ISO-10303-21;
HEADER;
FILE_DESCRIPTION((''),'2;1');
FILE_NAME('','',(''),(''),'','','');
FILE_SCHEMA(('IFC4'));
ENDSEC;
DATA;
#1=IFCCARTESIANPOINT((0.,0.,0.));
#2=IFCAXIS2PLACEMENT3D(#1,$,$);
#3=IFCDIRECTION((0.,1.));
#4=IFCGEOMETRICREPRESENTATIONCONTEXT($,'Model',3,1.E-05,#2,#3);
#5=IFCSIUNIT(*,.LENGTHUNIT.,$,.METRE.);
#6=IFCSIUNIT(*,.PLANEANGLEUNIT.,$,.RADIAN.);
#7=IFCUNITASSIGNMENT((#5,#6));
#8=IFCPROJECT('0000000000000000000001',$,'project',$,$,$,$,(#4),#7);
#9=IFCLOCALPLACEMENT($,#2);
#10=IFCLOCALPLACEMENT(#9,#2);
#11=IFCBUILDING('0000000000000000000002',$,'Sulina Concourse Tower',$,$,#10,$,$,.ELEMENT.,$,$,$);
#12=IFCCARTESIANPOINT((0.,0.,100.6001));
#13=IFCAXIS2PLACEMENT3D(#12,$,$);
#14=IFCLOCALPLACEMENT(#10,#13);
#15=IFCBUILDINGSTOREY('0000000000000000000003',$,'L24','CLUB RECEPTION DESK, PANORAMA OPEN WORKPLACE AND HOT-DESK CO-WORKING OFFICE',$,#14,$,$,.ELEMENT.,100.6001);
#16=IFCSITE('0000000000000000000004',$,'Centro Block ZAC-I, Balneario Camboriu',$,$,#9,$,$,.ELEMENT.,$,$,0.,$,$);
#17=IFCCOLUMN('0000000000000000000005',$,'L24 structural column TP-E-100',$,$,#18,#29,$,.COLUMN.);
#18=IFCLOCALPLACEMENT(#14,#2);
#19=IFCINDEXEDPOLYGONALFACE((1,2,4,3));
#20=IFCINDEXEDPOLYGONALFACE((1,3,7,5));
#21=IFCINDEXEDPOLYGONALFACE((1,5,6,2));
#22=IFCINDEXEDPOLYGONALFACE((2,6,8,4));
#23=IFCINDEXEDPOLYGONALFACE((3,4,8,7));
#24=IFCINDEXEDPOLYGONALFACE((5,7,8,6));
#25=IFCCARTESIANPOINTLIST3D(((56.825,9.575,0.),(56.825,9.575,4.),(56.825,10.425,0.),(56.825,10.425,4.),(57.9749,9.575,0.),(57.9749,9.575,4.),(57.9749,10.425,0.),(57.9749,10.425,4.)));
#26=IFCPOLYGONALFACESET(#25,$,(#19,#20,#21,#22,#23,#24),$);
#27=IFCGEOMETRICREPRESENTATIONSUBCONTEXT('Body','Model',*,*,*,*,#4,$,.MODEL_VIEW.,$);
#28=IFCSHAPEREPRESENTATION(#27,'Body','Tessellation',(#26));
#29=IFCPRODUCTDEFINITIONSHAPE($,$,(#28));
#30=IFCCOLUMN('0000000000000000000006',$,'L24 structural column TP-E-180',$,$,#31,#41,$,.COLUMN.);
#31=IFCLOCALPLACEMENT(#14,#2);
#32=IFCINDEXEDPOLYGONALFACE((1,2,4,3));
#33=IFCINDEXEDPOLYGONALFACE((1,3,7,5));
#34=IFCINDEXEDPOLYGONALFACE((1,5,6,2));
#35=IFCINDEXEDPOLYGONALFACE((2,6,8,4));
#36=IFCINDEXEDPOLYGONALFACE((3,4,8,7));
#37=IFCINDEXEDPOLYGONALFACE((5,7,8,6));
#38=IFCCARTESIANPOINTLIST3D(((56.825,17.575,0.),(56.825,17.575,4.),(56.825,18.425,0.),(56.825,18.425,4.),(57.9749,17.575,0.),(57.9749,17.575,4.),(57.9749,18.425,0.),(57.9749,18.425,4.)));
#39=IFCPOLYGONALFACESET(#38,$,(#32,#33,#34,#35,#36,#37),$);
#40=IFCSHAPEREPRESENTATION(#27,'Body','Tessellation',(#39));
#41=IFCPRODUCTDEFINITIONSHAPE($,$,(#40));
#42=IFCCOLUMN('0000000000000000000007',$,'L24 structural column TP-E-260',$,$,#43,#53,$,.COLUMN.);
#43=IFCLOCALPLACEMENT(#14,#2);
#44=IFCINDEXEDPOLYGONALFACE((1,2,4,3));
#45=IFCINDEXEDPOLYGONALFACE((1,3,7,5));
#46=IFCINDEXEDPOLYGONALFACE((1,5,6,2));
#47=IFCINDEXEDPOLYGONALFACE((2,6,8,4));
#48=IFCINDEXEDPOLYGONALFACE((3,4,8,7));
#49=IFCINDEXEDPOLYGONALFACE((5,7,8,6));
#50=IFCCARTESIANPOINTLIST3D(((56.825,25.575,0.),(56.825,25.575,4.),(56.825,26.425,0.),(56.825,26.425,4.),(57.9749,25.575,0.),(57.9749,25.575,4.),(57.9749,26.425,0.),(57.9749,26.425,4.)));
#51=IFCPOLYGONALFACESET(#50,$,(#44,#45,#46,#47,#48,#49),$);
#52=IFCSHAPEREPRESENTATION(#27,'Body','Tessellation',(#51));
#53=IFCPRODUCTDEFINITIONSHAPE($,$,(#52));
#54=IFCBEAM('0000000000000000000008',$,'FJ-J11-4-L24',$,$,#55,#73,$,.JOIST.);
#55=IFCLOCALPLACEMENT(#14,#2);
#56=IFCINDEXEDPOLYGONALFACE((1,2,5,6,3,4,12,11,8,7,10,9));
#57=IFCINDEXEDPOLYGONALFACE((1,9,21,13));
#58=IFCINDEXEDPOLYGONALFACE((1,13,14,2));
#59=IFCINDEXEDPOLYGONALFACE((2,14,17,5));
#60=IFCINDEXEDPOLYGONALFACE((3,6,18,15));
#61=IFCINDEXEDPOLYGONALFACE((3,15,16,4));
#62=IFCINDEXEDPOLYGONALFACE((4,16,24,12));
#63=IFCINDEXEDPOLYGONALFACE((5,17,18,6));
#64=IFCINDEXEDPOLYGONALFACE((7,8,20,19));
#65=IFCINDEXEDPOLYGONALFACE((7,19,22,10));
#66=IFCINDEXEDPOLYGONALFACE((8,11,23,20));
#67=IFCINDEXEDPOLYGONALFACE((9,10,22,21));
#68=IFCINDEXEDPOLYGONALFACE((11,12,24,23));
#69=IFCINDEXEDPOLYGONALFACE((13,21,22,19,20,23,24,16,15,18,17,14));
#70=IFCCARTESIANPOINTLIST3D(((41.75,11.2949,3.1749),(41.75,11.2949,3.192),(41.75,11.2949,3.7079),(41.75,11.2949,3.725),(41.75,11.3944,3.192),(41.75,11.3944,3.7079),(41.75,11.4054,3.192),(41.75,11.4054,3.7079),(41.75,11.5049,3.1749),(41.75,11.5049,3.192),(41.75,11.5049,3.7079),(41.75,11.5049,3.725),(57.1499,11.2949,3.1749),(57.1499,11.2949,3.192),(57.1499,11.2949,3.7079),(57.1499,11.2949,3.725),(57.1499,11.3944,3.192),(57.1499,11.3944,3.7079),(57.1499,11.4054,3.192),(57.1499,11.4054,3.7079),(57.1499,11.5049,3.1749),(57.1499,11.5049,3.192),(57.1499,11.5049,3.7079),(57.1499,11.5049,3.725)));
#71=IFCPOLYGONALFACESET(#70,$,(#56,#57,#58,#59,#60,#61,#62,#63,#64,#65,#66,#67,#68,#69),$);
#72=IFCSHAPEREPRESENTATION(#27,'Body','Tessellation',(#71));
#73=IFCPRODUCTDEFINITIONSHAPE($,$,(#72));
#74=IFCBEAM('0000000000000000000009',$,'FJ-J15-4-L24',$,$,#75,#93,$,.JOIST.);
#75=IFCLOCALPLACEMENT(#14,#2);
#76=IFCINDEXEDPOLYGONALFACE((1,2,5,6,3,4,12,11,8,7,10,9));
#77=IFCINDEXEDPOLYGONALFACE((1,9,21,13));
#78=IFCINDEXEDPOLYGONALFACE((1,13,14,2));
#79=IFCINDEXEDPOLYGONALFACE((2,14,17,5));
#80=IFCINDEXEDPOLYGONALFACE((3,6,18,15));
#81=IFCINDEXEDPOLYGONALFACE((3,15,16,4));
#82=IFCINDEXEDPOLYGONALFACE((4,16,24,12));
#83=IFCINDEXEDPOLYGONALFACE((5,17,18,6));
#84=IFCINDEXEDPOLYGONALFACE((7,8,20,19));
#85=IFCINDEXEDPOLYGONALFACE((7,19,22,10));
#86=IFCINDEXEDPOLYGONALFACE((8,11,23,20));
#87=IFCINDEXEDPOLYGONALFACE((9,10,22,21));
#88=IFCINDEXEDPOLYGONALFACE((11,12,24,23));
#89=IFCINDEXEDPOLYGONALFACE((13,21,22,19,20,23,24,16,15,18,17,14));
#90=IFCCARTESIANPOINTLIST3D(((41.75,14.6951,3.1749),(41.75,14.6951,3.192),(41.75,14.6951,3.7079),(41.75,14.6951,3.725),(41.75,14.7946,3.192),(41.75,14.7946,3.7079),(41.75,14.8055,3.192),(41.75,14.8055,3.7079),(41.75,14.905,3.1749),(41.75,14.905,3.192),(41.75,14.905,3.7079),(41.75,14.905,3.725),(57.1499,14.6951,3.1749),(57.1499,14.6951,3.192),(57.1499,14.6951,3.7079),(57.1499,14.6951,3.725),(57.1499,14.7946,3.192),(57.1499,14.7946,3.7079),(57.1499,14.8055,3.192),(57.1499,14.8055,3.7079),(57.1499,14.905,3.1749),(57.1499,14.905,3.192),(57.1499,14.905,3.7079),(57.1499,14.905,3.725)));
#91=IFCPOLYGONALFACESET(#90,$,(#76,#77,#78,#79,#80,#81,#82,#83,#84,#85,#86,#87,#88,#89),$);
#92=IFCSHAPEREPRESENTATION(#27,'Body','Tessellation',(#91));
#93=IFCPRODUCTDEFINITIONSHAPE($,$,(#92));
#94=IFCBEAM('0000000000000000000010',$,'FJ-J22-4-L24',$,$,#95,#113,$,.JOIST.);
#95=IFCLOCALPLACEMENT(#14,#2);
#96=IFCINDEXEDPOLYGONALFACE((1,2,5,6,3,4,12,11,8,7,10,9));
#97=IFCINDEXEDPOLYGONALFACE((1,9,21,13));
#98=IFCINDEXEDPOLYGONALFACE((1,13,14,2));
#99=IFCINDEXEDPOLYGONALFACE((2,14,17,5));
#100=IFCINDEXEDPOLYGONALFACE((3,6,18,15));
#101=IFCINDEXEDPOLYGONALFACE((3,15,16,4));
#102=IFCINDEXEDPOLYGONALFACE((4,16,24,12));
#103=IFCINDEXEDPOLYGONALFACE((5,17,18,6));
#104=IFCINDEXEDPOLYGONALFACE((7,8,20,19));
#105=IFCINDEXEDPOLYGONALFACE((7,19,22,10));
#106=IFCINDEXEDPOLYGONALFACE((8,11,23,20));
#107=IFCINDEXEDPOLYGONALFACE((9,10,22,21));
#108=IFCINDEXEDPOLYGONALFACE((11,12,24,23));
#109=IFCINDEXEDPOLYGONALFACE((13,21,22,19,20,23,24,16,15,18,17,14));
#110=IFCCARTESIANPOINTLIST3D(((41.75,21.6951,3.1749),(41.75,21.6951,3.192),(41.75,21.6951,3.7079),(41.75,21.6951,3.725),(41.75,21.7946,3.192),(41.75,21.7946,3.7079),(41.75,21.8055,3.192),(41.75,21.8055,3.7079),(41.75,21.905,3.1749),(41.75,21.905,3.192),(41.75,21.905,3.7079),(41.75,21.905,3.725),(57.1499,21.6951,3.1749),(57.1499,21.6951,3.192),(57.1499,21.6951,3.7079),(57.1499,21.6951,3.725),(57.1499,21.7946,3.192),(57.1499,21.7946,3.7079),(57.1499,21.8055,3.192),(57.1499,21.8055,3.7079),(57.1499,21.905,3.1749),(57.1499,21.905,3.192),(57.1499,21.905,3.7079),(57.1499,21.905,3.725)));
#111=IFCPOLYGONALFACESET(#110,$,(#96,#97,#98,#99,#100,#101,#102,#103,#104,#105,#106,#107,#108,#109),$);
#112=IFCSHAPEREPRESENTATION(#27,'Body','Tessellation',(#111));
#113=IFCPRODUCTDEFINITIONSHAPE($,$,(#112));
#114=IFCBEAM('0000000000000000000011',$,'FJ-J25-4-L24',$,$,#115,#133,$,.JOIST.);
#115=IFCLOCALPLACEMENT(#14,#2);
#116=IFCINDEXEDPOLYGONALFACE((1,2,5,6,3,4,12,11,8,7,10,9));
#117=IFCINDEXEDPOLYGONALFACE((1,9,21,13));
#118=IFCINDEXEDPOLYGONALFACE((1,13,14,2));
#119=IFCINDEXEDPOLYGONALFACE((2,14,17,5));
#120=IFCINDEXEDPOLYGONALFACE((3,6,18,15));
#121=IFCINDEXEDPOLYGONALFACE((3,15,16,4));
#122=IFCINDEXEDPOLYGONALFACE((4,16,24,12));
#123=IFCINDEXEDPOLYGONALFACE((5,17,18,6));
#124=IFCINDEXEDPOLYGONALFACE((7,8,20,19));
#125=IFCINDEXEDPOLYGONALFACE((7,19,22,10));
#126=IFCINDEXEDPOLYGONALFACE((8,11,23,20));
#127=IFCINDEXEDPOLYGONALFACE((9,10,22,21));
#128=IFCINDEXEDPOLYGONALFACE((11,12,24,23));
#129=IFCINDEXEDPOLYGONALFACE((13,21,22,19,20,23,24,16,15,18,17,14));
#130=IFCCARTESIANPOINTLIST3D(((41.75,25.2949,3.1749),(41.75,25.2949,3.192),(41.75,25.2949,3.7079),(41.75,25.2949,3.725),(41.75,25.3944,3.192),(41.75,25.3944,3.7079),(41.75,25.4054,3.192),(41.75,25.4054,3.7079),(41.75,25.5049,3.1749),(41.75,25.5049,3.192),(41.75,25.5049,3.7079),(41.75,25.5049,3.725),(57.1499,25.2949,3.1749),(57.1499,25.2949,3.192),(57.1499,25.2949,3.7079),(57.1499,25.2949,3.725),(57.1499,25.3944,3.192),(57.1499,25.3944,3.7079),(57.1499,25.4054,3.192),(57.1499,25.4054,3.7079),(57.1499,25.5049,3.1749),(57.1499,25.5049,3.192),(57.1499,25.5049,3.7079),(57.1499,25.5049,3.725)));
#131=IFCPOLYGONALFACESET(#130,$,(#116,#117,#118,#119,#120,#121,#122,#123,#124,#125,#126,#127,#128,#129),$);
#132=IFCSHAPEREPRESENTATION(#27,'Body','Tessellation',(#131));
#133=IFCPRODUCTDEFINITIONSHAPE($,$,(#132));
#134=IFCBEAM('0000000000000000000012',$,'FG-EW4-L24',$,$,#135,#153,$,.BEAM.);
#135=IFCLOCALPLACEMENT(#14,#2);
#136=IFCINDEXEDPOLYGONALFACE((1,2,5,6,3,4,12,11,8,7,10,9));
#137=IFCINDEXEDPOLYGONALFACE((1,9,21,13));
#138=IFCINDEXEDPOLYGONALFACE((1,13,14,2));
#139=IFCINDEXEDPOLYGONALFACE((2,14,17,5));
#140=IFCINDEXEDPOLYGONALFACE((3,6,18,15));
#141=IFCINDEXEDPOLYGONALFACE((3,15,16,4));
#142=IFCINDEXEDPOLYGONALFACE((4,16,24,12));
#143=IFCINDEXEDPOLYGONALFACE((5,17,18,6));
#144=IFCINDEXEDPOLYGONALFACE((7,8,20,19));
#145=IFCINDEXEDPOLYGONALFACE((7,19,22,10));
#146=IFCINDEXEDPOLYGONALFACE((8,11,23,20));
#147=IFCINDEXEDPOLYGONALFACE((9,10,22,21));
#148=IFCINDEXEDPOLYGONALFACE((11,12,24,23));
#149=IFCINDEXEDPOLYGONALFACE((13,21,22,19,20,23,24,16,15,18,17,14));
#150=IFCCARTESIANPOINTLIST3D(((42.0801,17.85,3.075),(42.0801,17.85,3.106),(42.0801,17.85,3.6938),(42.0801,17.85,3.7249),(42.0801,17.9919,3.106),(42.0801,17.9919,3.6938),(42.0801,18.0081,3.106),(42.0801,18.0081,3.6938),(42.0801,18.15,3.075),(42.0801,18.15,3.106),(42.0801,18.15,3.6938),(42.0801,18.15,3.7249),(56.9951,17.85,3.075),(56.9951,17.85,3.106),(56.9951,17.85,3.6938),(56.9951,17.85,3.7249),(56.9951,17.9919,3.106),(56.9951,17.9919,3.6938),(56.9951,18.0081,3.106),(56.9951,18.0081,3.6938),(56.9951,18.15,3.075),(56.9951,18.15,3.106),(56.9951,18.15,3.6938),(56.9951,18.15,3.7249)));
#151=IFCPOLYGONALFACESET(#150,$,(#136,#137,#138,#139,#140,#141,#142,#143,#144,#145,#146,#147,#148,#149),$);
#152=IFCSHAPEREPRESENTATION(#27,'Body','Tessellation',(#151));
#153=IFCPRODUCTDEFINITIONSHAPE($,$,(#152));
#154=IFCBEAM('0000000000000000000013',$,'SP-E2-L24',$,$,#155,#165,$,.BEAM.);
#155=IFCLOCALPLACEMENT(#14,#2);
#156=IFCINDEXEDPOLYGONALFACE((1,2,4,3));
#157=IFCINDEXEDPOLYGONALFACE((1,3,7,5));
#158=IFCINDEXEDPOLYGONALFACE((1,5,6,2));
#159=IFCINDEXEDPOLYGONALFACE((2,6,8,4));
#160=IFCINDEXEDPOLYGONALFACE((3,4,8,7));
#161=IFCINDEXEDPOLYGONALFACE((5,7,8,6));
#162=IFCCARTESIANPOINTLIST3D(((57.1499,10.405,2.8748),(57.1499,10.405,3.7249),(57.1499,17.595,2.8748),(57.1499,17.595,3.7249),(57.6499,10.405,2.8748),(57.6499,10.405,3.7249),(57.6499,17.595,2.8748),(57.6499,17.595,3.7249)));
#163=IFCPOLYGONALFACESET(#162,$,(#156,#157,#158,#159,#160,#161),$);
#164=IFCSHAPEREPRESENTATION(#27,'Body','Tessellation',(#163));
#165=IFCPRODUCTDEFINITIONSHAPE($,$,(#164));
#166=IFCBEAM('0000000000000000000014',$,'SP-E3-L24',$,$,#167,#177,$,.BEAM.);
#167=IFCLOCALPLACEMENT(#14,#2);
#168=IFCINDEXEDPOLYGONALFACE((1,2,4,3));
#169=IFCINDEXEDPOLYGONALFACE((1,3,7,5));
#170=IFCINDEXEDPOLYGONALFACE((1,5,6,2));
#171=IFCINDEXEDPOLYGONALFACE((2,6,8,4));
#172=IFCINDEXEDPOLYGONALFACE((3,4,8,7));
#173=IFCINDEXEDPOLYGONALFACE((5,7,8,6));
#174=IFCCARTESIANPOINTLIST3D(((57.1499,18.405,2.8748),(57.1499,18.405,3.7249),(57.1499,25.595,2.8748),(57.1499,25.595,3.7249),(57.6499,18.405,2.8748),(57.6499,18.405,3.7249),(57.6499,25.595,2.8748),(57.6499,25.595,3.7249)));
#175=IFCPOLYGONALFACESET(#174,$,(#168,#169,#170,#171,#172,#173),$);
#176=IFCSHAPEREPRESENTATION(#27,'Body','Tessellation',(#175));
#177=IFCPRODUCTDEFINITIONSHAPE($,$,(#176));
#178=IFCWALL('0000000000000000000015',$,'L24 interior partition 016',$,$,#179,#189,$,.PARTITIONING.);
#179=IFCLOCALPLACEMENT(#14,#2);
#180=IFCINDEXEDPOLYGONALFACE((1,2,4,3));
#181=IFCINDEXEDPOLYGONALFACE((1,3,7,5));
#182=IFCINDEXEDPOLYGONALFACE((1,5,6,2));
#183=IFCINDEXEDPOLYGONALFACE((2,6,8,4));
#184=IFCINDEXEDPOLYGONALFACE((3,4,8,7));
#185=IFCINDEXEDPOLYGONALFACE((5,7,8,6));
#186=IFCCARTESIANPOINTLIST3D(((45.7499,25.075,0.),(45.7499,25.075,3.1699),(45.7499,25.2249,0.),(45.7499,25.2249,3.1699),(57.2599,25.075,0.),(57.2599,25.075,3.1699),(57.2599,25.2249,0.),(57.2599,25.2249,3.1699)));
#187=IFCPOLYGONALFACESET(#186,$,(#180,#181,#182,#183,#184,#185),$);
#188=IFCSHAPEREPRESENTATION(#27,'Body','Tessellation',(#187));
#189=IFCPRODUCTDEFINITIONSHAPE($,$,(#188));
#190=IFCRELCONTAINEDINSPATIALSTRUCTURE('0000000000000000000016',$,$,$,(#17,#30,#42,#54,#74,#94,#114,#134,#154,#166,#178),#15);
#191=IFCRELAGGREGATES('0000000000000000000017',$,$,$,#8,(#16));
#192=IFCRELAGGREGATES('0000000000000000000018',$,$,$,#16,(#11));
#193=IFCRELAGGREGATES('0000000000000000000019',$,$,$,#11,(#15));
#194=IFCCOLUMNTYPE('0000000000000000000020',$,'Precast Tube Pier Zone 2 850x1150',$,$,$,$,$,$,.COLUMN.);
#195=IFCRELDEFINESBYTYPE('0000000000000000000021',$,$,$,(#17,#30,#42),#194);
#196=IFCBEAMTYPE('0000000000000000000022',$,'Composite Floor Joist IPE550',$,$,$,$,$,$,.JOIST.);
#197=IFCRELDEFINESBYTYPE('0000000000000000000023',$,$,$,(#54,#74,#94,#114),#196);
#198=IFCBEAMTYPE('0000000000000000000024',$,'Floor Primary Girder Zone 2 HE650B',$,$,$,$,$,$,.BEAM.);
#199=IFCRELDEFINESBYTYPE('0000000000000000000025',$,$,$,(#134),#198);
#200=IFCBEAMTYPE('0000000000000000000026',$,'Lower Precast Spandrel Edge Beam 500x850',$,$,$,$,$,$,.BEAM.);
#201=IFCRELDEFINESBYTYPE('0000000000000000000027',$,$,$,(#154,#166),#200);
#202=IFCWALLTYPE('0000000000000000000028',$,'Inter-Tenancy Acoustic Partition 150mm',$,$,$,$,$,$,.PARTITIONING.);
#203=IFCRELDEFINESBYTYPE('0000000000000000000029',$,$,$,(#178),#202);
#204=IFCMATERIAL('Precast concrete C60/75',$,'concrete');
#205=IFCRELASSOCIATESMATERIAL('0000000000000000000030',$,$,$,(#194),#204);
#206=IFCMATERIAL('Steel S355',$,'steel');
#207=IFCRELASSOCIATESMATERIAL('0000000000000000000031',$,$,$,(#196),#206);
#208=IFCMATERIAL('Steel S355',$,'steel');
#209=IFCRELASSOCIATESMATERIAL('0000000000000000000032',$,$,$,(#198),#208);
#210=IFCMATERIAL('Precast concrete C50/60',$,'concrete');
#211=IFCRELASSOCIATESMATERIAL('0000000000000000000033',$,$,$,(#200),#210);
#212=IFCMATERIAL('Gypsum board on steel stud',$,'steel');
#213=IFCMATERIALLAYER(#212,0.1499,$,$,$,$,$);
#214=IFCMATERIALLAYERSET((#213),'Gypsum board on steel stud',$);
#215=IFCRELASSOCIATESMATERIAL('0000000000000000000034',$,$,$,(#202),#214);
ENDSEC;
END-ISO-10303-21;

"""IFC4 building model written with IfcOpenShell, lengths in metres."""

from ifc_helpers import new_model, si_unit, direction, frame, frame_2d, origin, origin_2d, place, context, subcontext, project, spatial, rectangle, i_section, extrude, material, layer, layer_set, material_profile, profile_set, type_object, element, save


model = new_model("IFC4")

# Units and contexts
model_context = context("Model", 3, precision=1e-05, world=origin(), true_north=direction((0.0, 1.0)))
body_context = subcontext(model_context, "Body", "Model", "MODEL_VIEW")
ifc_project = project(units=[si_unit("LENGTHUNIT", "METRE"), si_unit("PLANEANGLEUNIT", "RADIAN")], contexts=[model_context])

# Site, building, storey
site_placement = place(None, origin())
site = spatial("IfcSite", under=ifc_project, at=site_placement, Name="Centro Block ZAC-I, Balneario Camboriu", CompositionType="ELEMENT", RefElevation=0.0)
building_placement = place(site_placement, origin())
building = spatial("IfcBuilding", under=site, at=building_placement, Name="Sulina Concourse Tower", CompositionType="ELEMENT")
storey_placement = place(building_placement, frame((0.0, 0.0, 100.6001)))
storey = spatial("IfcBuildingStorey", under=building, at=storey_placement, Name="L24", Description="CLUB RECEPTION DESK, PANORAMA OPEN WORKPLACE AND HOT-DESK CO-WORKING OFFICE", CompositionType="ELEMENT", Elevation=100.6001)

# Columns
ifc_material_1 = material(Name="Precast concrete C60/75", Category="concrete")
ifc_material_profile_1 = material_profile(ifc_material_1, rectangle(XDim=0.8501, YDim=1.1499, at=origin_2d()), Name="PC 850x1150")
ifc_profile_set_1 = profile_set([ifc_material_profile_1], Name="Precast concrete C60/75")
column_type = type_object("IfcColumnType", Name="Precast Tube Pier Zone 2 850x1150", PredefinedType="COLUMN", material=ifc_profile_set_1)
for number, where, z_axis, x_axis, name in (
    (1, (57.3999, 10.0, 0.0), (0.0, 0.0, 1.0), (0.0, 1.0, 0.0), "L24 structural column TP-E-100"),
    (2, (57.3999, 18.0, 0.0), (0.0, 0.0, 1.0), (0.0, 1.0, 0.0), "L24 structural column TP-E-180"),
    (3, (57.3999, 26.0, 0.0), (0.0, 0.0, 1.0), (0.0, 1.0, 0.0), "L24 structural column TP-E-260"),
):
    element("IfcColumn", number, at=place(storey_placement, frame(where, z_axis=z_axis, x_axis=x_axis)), inside=storey, type_object=column_type, Name=name, PredefinedType="COLUMN", context=body_context, shape_type="SweptSolid", body=[
        extrude(rectangle(XDim=0.8501, YDim=1.1499, at=origin_2d()), origin(), (0.0, 0.0, 1.0), 4.0),
    ])

# Beams
ifc_material_2 = material(Name="Steel S355", Category="steel")
ifc_material_profile_2 = material_profile(ifc_material_2, i_section(OverallWidth=0.21, OverallDepth=0.55, WebThickness=0.011, FlangeThickness=0.0171, at=origin_2d()), Name="IPE 550")
ifc_profile_set_2 = profile_set([ifc_material_profile_2], Name="Steel S355")
beam_type_1 = type_object("IfcBeamType", Name="Composite Floor Joist IPE550", PredefinedType="JOIST", material=ifc_profile_set_2)
for number, where, z_axis, x_axis, name in (
    (4, (41.75, 11.3999, 3.45), (1.0, 0.0, 0.0), (0.0, 1.0, 0.0), "FJ-J11-4-L24"),
    (5, (41.75, 14.8, 3.45), (1.0, 0.0, 0.0), (0.0, 1.0, 0.0), "FJ-J15-4-L24"),
    (6, (41.75, 21.8, 3.45), (1.0, 0.0, 0.0), (0.0, 1.0, 0.0), "FJ-J22-4-L24"),
    (7, (41.75, 25.3999, 3.45), (1.0, 0.0, 0.0), (0.0, 1.0, 0.0), "FJ-J25-4-L24"),
):
    element("IfcBeam", number, at=place(storey_placement, frame(where, z_axis=z_axis, x_axis=x_axis)), inside=storey, type_object=beam_type_1, Name=name, PredefinedType="JOIST", context=body_context, shape_type="SweptSolid", body=[
        extrude(i_section(OverallWidth=0.21, OverallDepth=0.55, WebThickness=0.011, FlangeThickness=0.0171, at=origin_2d()), origin(), (0.0, 0.0, 1.0), 15.3999),
    ])
ifc_material_3 = material(Name="Steel S355", Category="steel")
ifc_material_profile_3 = material_profile(ifc_material_3, i_section(OverallWidth=0.3, OverallDepth=0.6499, WebThickness=0.0161, FlangeThickness=0.031, at=origin_2d()), Name="HE 650 B")
ifc_profile_set_3 = profile_set([ifc_material_profile_3], Name="Steel S355")
beam_type_2 = type_object("IfcBeamType", Name="Floor Primary Girder Zone 2 HE650B", PredefinedType="BEAM", material=ifc_profile_set_3)
beam_placement = place(storey_placement, frame((42.0801, 18.0, 3.3999), z_axis=(1.0, 0.0, 0.0), x_axis=(0.0, 1.0, 0.0)))
element("IfcBeam", 8, at=beam_placement, inside=storey, type_object=beam_type_2, Name="FG-EW4-L24", PredefinedType="BEAM", context=body_context, shape_type="SweptSolid", body=[
    extrude(i_section(OverallWidth=0.3, OverallDepth=0.6499, WebThickness=0.0161, FlangeThickness=0.031, at=origin_2d()), origin(), (0.0, 0.0, 1.0), 14.915),
])
ifc_material_4 = material(Name="Precast concrete C50/60", Category="concrete")
ifc_material_profile_4 = material_profile(ifc_material_4, rectangle(XDim=0.5, YDim=0.8501, at=origin_2d()), Name="RC 500x850")
ifc_profile_set_4 = profile_set([ifc_material_profile_4], Name="Precast concrete C50/60")
beam_type_3 = type_object("IfcBeamType", Name="Lower Precast Spandrel Edge Beam 500x850", PredefinedType="BEAM", material=ifc_profile_set_4)
for number, where, z_axis, x_axis, name in (
    (9, (57.3999, 10.405, 3.2998), (0.0, 1.0, 0.0), (-1.0, 0.0, 0.0), "SP-E2-L24"),
    (10, (57.3999, 18.405, 3.2998), (0.0, 1.0, 0.0), (-1.0, 0.0, 0.0), "SP-E3-L24"),
):
    element("IfcBeam", number, at=place(storey_placement, frame(where, z_axis=z_axis, x_axis=x_axis)), inside=storey, type_object=beam_type_3, Name=name, PredefinedType="BEAM", context=body_context, shape_type="SweptSolid", body=[
        extrude(rectangle(XDim=0.5, YDim=0.8501, at=origin_2d()), origin(), (0.0, 0.0, 1.0), 7.1899),
    ])

# Wall
ifc_material_5 = material(Name="Gypsum board on steel stud", Category="steel")
ifc_layer_1 = layer(ifc_material_5, 0.1499)
ifc_layer_set_1 = layer_set([ifc_layer_1], Name="Gypsum board on steel stud")
wall_type_1 = type_object("IfcWallType", Name="Inter-Tenancy Acoustic Partition 150mm", PredefinedType="PARTITIONING", material=ifc_layer_set_1)
wall_1_placement = place(storey_placement, frame((45.75, 25.1499, 0.0), z_axis=(0.0, 0.0, 1.0), x_axis=(1.0, 0.0, 0.0)))
element("IfcWall", 11, at=wall_1_placement, inside=storey, type_object=wall_type_1, Name="L24 interior partition 016", PredefinedType="PARTITIONING", context=body_context, shape_type="SweptSolid", body=[
    extrude(rectangle(XDim=11.51, YDim=0.1499, at=frame_2d((5.7549, 0.0))), origin(), (0.0, 0.0, 1.0), 3.1699),
])

save(model, "model.ifc")
